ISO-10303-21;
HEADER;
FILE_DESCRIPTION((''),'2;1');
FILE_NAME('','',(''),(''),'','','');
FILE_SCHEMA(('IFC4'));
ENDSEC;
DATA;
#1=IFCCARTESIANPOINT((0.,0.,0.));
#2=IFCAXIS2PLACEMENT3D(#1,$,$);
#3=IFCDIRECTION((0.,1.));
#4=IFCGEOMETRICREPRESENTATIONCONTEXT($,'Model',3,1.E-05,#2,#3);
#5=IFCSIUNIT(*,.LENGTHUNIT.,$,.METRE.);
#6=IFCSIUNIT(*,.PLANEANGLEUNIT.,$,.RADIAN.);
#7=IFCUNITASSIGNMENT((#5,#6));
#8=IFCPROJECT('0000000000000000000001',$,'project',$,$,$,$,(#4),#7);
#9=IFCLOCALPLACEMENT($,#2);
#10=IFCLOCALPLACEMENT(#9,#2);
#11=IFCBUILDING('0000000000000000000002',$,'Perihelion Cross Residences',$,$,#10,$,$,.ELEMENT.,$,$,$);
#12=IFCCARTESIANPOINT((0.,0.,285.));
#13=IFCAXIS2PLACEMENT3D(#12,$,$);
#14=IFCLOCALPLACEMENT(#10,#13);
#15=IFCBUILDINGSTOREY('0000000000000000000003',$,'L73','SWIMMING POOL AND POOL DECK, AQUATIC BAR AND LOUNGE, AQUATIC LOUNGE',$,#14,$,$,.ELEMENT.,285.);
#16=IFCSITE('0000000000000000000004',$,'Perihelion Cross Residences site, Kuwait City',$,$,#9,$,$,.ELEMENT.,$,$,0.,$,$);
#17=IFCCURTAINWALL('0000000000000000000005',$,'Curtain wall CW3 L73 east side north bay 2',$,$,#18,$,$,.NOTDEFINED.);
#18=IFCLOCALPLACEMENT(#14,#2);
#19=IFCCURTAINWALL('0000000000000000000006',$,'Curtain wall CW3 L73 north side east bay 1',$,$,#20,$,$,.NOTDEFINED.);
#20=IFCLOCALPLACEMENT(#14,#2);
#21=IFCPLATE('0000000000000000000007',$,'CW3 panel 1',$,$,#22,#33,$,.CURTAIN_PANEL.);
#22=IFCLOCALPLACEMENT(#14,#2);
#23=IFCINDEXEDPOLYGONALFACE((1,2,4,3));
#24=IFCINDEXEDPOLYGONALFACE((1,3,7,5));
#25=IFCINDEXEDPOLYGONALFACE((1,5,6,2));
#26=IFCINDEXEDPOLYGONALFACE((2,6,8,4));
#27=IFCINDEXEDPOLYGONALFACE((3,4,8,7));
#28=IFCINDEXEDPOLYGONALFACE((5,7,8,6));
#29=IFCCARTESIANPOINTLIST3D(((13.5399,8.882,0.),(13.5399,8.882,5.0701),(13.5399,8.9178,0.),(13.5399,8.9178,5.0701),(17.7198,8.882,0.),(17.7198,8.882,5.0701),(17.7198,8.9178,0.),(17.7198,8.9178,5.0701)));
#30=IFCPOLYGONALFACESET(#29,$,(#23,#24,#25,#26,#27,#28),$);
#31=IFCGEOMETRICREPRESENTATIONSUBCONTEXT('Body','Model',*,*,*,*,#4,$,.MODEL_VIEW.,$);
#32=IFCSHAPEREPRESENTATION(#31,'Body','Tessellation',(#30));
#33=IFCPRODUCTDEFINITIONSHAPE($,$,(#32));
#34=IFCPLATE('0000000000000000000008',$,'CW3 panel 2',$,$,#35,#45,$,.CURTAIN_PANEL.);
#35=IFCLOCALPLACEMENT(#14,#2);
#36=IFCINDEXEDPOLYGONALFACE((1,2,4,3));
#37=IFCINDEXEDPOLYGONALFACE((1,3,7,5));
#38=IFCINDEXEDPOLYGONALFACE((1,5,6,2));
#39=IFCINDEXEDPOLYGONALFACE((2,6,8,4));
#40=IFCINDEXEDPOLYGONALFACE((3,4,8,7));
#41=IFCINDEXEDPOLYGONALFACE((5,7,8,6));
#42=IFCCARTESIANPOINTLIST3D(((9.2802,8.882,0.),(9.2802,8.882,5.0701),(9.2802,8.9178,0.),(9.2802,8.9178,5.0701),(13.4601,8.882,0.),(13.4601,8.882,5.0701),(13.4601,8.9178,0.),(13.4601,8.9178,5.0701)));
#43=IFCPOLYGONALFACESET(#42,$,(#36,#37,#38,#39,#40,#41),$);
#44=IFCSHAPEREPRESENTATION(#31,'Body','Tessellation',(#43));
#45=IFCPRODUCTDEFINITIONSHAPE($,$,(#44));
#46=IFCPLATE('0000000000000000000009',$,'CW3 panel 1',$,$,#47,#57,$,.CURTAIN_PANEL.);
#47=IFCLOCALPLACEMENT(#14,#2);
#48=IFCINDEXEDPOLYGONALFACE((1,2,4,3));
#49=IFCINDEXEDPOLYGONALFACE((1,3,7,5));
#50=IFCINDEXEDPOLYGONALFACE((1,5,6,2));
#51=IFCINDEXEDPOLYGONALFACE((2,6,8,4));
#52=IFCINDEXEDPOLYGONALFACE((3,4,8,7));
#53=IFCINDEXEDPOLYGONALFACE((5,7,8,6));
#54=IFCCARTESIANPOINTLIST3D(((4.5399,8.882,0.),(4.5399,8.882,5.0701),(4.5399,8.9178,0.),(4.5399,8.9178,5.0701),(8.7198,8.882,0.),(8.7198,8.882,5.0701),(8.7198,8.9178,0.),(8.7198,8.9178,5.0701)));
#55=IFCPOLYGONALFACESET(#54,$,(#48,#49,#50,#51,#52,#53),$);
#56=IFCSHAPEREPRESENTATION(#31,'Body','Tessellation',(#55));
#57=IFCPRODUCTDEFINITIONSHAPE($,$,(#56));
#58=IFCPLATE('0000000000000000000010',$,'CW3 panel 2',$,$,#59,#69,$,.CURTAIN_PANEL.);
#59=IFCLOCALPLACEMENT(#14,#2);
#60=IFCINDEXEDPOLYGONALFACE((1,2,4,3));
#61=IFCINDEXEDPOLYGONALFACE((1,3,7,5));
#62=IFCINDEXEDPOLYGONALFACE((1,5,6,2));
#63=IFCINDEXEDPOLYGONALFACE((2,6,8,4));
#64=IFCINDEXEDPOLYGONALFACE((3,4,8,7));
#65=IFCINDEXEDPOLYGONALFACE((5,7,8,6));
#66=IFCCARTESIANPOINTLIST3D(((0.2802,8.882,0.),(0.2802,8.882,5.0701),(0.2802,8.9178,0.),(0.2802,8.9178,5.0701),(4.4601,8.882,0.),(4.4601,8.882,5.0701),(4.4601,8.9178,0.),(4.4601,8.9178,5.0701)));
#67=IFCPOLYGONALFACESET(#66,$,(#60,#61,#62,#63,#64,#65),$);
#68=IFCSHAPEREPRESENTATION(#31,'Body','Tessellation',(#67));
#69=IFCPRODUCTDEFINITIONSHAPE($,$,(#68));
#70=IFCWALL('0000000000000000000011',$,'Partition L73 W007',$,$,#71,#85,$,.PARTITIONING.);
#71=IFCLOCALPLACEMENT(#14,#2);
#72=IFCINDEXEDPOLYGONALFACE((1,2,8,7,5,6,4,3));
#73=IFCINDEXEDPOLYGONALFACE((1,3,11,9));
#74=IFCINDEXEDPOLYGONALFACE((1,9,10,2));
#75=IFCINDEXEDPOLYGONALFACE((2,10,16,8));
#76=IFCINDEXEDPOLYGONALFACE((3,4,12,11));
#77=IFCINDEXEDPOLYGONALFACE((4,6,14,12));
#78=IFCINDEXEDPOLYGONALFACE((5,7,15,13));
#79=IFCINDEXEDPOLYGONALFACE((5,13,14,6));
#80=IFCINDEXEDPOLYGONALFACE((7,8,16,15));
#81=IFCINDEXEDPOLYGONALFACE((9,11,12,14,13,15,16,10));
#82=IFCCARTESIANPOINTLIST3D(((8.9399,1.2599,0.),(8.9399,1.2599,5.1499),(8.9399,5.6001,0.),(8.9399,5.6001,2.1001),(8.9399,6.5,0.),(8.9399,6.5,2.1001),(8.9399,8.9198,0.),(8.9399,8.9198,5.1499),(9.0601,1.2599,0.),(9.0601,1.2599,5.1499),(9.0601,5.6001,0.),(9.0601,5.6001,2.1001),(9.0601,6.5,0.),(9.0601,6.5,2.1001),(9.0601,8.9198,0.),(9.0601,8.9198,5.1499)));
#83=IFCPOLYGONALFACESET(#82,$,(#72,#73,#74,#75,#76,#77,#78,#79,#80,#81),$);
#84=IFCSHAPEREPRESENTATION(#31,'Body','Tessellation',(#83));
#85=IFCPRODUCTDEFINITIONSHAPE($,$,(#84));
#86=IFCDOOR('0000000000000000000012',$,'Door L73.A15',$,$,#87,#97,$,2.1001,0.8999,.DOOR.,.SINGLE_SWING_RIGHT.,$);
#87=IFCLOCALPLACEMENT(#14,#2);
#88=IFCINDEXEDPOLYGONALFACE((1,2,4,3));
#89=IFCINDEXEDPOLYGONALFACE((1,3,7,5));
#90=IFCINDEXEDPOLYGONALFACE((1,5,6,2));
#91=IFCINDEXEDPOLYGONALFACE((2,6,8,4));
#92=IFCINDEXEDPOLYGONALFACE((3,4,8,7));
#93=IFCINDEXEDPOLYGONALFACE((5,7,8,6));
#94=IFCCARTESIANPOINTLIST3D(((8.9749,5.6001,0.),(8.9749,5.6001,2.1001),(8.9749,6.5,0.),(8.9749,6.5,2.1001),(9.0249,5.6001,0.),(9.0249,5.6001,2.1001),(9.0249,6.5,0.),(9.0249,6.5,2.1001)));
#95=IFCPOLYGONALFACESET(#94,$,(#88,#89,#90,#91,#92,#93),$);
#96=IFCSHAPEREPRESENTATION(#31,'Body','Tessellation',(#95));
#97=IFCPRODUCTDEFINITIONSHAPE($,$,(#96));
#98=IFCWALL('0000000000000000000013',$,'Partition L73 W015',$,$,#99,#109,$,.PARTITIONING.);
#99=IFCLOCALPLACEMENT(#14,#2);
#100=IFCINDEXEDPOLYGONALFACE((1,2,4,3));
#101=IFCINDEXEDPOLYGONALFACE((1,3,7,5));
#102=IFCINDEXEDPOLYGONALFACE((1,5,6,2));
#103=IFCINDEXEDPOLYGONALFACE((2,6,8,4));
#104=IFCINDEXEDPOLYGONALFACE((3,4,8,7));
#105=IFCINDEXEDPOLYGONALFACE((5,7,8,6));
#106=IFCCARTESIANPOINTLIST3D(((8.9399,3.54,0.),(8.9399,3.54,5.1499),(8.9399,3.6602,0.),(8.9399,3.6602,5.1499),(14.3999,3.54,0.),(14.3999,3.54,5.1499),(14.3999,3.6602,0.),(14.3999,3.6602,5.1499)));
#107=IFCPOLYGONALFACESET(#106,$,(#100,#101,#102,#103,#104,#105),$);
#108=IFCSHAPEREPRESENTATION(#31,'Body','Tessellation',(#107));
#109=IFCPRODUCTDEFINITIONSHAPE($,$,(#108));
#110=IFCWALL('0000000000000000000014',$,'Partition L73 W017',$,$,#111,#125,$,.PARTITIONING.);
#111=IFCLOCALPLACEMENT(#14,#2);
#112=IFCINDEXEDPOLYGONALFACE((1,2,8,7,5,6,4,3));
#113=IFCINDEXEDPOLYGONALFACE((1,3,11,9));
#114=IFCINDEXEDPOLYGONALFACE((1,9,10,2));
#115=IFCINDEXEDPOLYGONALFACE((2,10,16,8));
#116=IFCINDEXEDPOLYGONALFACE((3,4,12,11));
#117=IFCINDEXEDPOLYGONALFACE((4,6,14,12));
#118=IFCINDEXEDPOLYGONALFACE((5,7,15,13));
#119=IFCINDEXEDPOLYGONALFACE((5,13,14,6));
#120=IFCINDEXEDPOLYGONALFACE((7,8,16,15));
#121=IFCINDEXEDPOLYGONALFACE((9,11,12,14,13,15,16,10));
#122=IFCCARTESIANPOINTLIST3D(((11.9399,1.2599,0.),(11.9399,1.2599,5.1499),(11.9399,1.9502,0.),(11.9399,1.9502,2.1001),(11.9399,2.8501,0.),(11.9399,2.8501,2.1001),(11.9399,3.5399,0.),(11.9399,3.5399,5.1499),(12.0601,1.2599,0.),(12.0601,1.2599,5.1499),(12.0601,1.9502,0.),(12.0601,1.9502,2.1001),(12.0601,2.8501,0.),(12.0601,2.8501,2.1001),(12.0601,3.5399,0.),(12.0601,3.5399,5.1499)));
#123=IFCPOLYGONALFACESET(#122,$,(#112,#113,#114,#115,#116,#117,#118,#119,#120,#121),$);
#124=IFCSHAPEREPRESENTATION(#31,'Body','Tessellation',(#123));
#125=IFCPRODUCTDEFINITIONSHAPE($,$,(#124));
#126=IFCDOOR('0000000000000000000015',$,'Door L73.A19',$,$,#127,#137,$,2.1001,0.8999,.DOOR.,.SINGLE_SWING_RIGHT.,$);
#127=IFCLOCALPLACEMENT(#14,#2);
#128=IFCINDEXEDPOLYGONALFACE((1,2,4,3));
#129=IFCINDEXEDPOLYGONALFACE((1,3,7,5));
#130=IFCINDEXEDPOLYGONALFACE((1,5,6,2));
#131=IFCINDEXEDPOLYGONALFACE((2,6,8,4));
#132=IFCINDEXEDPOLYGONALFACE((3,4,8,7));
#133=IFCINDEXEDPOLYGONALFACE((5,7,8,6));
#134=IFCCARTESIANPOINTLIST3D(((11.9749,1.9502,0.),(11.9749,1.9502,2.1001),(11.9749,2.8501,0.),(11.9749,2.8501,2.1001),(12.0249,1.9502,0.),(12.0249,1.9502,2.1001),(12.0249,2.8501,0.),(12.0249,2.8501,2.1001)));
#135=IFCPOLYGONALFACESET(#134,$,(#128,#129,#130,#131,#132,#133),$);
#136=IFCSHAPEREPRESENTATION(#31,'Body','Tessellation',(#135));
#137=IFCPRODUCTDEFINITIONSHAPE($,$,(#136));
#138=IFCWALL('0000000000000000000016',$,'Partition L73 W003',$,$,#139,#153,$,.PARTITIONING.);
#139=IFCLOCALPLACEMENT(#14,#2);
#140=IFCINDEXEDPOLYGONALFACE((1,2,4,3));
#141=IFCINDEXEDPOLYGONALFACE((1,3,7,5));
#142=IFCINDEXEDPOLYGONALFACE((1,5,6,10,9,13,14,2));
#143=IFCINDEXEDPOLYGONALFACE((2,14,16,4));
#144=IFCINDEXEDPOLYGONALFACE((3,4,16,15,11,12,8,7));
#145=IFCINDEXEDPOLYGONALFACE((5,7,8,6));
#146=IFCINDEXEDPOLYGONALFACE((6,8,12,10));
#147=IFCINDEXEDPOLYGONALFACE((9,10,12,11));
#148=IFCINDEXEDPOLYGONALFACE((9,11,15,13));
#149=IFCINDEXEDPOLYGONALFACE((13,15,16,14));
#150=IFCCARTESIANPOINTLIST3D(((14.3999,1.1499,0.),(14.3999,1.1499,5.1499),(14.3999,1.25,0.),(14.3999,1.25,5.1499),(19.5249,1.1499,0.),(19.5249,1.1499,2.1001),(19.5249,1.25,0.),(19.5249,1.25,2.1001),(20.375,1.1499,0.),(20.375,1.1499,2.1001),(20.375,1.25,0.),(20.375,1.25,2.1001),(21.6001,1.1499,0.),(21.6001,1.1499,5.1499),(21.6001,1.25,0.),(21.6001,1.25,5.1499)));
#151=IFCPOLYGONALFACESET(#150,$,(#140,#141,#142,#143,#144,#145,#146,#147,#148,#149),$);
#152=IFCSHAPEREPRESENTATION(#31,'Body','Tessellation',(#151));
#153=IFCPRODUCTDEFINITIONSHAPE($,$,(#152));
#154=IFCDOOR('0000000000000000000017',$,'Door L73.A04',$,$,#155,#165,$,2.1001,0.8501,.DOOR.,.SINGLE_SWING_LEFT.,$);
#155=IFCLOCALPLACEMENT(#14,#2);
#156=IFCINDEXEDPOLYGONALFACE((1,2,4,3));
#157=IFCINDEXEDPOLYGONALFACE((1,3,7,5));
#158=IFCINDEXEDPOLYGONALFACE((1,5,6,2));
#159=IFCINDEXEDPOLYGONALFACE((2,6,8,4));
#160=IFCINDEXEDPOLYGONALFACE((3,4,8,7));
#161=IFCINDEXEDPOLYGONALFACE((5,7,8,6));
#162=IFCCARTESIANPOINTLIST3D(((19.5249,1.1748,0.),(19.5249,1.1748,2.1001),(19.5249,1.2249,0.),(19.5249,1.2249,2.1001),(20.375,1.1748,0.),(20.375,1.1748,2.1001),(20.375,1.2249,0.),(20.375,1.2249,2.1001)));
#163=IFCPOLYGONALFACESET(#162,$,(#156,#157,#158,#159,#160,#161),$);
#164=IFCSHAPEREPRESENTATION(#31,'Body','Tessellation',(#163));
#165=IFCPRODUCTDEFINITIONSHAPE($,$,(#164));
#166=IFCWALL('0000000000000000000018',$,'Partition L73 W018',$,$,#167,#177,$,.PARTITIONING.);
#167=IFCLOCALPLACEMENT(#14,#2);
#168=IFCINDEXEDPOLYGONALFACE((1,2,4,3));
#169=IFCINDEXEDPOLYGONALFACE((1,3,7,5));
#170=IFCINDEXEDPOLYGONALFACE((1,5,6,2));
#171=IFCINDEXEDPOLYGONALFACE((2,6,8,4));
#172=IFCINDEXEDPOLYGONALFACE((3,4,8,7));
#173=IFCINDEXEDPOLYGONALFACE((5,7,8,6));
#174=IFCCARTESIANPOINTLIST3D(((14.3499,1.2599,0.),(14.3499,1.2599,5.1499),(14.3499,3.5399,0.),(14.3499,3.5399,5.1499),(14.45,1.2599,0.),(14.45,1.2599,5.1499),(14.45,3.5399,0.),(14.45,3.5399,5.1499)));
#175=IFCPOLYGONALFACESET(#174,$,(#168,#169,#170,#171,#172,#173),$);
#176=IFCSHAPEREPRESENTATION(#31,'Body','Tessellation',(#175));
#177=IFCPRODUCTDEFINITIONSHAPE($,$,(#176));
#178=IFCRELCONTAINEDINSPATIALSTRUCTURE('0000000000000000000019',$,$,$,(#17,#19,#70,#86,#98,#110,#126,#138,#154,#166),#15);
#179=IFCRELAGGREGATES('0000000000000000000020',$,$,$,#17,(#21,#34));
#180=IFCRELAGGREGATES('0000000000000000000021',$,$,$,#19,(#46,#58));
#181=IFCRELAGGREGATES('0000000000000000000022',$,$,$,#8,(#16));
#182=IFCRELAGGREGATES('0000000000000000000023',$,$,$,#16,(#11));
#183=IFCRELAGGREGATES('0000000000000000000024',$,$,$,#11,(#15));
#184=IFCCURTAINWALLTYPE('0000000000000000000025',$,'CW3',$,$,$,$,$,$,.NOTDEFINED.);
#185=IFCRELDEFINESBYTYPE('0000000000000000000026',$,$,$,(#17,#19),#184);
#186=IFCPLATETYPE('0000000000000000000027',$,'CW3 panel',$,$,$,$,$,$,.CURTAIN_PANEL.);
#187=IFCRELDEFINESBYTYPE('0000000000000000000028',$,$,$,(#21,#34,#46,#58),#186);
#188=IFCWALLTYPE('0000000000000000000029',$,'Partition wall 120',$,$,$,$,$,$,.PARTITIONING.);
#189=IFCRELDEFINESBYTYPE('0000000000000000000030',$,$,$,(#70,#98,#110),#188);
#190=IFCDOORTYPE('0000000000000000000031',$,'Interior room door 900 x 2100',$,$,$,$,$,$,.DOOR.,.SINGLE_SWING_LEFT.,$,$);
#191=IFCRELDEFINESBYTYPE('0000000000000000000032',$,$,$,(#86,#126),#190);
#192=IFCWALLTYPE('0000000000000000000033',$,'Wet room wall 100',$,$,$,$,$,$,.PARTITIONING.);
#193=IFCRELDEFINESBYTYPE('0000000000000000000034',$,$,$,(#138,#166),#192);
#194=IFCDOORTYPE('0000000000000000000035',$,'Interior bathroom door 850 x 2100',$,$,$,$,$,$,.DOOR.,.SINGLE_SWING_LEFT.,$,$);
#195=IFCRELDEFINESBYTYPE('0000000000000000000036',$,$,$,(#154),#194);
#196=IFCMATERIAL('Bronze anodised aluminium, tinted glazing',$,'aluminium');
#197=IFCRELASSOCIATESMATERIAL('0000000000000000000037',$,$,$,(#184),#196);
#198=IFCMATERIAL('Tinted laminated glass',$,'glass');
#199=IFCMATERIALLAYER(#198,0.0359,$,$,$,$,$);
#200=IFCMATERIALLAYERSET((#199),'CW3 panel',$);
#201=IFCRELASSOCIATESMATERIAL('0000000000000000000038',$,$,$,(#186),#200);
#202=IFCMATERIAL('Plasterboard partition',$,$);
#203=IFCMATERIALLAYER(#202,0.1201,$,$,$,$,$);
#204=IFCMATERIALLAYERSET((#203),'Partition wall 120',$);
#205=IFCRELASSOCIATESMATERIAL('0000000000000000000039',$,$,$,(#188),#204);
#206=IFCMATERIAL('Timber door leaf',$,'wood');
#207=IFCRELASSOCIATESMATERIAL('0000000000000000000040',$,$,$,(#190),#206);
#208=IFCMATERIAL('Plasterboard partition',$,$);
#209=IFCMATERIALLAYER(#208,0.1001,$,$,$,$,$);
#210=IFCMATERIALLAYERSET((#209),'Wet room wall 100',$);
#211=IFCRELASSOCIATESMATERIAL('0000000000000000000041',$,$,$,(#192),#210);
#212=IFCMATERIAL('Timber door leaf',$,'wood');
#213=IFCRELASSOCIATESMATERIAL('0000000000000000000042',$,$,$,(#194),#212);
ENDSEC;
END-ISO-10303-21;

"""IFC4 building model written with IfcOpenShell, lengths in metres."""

from ifc_helpers import new_model, si_unit, direction, frame, frame_2d, origin, origin_2d, place, context, subcontext, project, spatial, rectangle, extrude, material, layer, layer_set, type_object, element, fill, aggregate, save


model = new_model("IFC4")

# Units and contexts
model_context = context("Model", 3, precision=1e-05, world=origin(), true_north=direction((0.0, 1.0)))
body_context = subcontext(model_context, "Body", "Model", "MODEL_VIEW")
ifc_project = project(units=[si_unit("LENGTHUNIT", "METRE"), si_unit("PLANEANGLEUNIT", "RADIAN")], contexts=[model_context])

# Site, building, storey
site_placement = place(None, origin())
site = spatial("IfcSite", under=ifc_project, at=site_placement, Name="Perihelion Cross Residences site, Kuwait City", CompositionType="ELEMENT", RefElevation=0.0)
building_placement = place(site_placement, origin())
building = spatial("IfcBuilding", under=site, at=building_placement, Name="Perihelion Cross Residences", CompositionType="ELEMENT")
storey_placement = place(building_placement, frame((0.0, 0.0, 285.0)))
storey = spatial("IfcBuildingStorey", under=building, at=storey_placement, Name="L73", Description="SWIMMING POOL AND POOL DECK, AQUATIC BAR AND LOUNGE, AQUATIC LOUNGE", CompositionType="ELEMENT", Elevation=285.0)

# Curtain walls
ifc_material_1 = material(Name="Bronze anodised aluminium, tinted glazing", Category="aluminium")
curtain_wall_type = type_object("IfcCurtainWallType", Name="CW3", PredefinedType="NOTDEFINED", material=ifc_material_1)
curtain_wall_1_placement = place(storey_placement, origin())
curtain_wall_1 = element("IfcCurtainWall", 1, at=curtain_wall_1_placement, inside=storey, type_object=curtain_wall_type, Name="Curtain wall CW3 L73 east side north bay 2", PredefinedType="NOTDEFINED")
curtain_wall_2_placement = place(storey_placement, origin())
curtain_wall_2 = element("IfcCurtainWall", 2, at=curtain_wall_2_placement, inside=storey, type_object=curtain_wall_type, Name="Curtain wall CW3 L73 north side east bay 1", PredefinedType="NOTDEFINED")

# Plates
ifc_material_2 = material(Name="Tinted laminated glass", Category="glass")
ifc_layer_1 = layer(ifc_material_2, 0.0359)
ifc_layer_set_1 = layer_set([ifc_layer_1], Name="CW3 panel")
plate_type = type_object("IfcPlateType", Name="CW3 panel", PredefinedType="CURTAIN_PANEL", material=ifc_layer_set_1)
plate_1_placement = place(storey_placement, frame((15.6299, 8.8999, 0.0), z_axis=(0.0, 0.0, 1.0), x_axis=(-1.0, 0.0, 0.0)))
plate_1 = element("IfcPlate", 3, at=plate_1_placement, type_object=plate_type, Name="CW3 panel 1", PredefinedType="CURTAIN_PANEL", context=body_context, shape_type="SweptSolid", body=[
    extrude(rectangle(XDim=4.1799, YDim=0.0359, at=origin_2d()), origin(), (0.0, 0.0, 1.0), 5.0701),
])
plate_2_placement = place(storey_placement, frame((11.3701, 8.8999, 0.0), z_axis=(0.0, 0.0, 1.0), x_axis=(-1.0, 0.0, 0.0)))
plate_2 = element("IfcPlate", 4, at=plate_2_placement, type_object=plate_type, Name="CW3 panel 2", PredefinedType="CURTAIN_PANEL", context=body_context, shape_type="SweptSolid", body=[
    extrude(rectangle(XDim=4.1799, YDim=0.0359, at=origin_2d()), origin(), (0.0, 0.0, 1.0), 5.0701),
])
aggregate(curtain_wall_1, [plate_1, plate_2])
plate_3_placement = place(storey_placement, frame((6.6299, 8.8999, 0.0), z_axis=(0.0, 0.0, 1.0), x_axis=(-1.0, 0.0, 0.0)))
plate_3 = element("IfcPlate", 5, at=plate_3_placement, type_object=plate_type, Name="CW3 panel 1", PredefinedType="CURTAIN_PANEL", context=body_context, shape_type="SweptSolid", body=[
    extrude(rectangle(XDim=4.1799, YDim=0.0359, at=origin_2d()), origin(), (0.0, 0.0, 1.0), 5.0701),
])
plate_4_placement = place(storey_placement, frame((2.3701, 8.8999, 0.0), z_axis=(0.0, 0.0, 1.0), x_axis=(-1.0, 0.0, 0.0)))
plate_4 = element("IfcPlate", 6, at=plate_4_placement, type_object=plate_type, Name="CW3 panel 2", PredefinedType="CURTAIN_PANEL", context=body_context, shape_type="SweptSolid", body=[
    extrude(rectangle(XDim=4.1799, YDim=0.0359, at=origin_2d()), origin(), (0.0, 0.0, 1.0), 5.0701),
])
aggregate(curtain_wall_2, [plate_3, plate_4])

# Wall, opening, door
ifc_material_3 = material(Name="Plasterboard partition")
ifc_layer_2 = layer(ifc_material_3, 0.1201)
ifc_layer_set_2 = layer_set([ifc_layer_2], Name="Partition wall 120")
wall_type_1 = type_object("IfcWallType", Name="Partition wall 120", PredefinedType="PARTITIONING", material=ifc_layer_set_2)
wall_1_placement = place(storey_placement, frame((9.0, 8.9199, 0.0), z_axis=(0.0, 0.0, 1.0), x_axis=(0.0, -1.0, 0.0)))
wall_1 = element("IfcWall", 7, at=wall_1_placement, inside=storey, type_object=wall_type_1, Name="Partition L73 W007", PredefinedType="PARTITIONING", context=body_context, shape_type="SweptSolid", body=[
    extrude(rectangle(XDim=7.6599, YDim=0.1201, at=frame_2d((3.8301, 0.0))), origin(), (0.0, 0.0, 1.0), 5.1499),
])
opening_1_placement = place(wall_1_placement, frame((2.4199, 0.0, 0.0)))
opening_1 = element("IfcOpeningElement", 8, at=opening_1_placement, cuts=wall_1, PredefinedType="OPENING", context=body_context, shape_type="SweptSolid", body=[
    extrude(rectangle(XDim=0.8999, YDim=2.1001, at=frame_2d((0.45, 1.05))), frame((0.0, 0.0701, 0.0), z_axis=(0.0, -1.0, 0.0), x_axis=(1.0, 0.0, 0.0)), (0.0, 0.0, 1.0), 0.1401),
])
ifc_material_4 = material(Name="Timber door leaf", Category="wood")
door_type_1 = type_object("IfcDoorType", Name="Interior room door 900 x 2100", OperationType="SINGLE_SWING_LEFT", PredefinedType="DOOR", material=ifc_material_4)
door_1_placement = place(opening_1_placement, origin())
door_1 = element("IfcDoor", 9, at=door_1_placement, inside=storey, type_object=door_type_1, Name="Door L73.A15", OperationType="SINGLE_SWING_RIGHT", OverallHeight=2.1001, OverallWidth=0.8999, PredefinedType="DOOR", context=body_context, shape_type="SweptSolid", body=[
    extrude(rectangle(XDim=0.8999, YDim=2.1001, at=frame_2d((0.45, 1.05))), frame((0.0, 0.0249, 0.0), z_axis=(0.0, -1.0, 0.0), x_axis=(1.0, 0.0, 0.0)), (0.0, 0.0, 1.0), 0.05),
])
fill(opening_1, door_1)

# Wall
wall_2_placement = place(storey_placement, frame((14.3999, 3.6001, 0.0), z_axis=(0.0, 0.0, 1.0), x_axis=(-1.0, 0.0, 0.0)))
element("IfcWall", 10, at=wall_2_placement, inside=storey, type_object=wall_type_1, Name="Partition L73 W015", PredefinedType="PARTITIONING", context=body_context, shape_type="SweptSolid", body=[
    extrude(rectangle(XDim=5.46, YDim=0.1201, at=frame_2d((2.73, 0.0))), origin(), (0.0, 0.0, 1.0), 5.1499),
])

# Walls, openings, doors
wall_3_placement = place(storey_placement, frame((12.0, 3.54, 0.0), z_axis=(0.0, 0.0, 1.0), x_axis=(0.0, -1.0, 0.0)))
wall_3 = element("IfcWall", 11, at=wall_3_placement, inside=storey, type_object=wall_type_1, Name="Partition L73 W017", PredefinedType="PARTITIONING", context=body_context, shape_type="SweptSolid", body=[
    extrude(rectangle(XDim=2.28, YDim=0.1201, at=frame_2d((1.1401, 0.0))), origin(), (0.0, 0.0, 1.0), 5.1499),
])
opening_2_placement = place(wall_3_placement, frame((0.6899, 0.0, 0.0)))
opening_2 = element("IfcOpeningElement", 12, at=opening_2_placement, cuts=wall_3, PredefinedType="OPENING", context=body_context, shape_type="SweptSolid", body=[
    extrude(rectangle(XDim=0.8999, YDim=2.1001, at=frame_2d((0.45, 1.05))), frame((0.0, 0.0701, 0.0), z_axis=(0.0, -1.0, 0.0), x_axis=(1.0, 0.0, 0.0)), (0.0, 0.0, 1.0), 0.1401),
])
door_2_placement = place(opening_2_placement, origin())
door_2 = element("IfcDoor", 13, at=door_2_placement, inside=storey, type_object=door_type_1, Name="Door L73.A19", OperationType="SINGLE_SWING_RIGHT", OverallHeight=2.1001, OverallWidth=0.8999, PredefinedType="DOOR", context=body_context, shape_type="SweptSolid", body=[
    extrude(rectangle(XDim=0.8999, YDim=2.1001, at=frame_2d((0.45, 1.05))), frame((0.0, 0.0249, 0.0), z_axis=(0.0, -1.0, 0.0), x_axis=(1.0, 0.0, 0.0)), (0.0, 0.0, 1.0), 0.05),
])
fill(opening_2, door_2)
ifc_material_5 = material(Name="Plasterboard partition")
ifc_layer_3 = layer(ifc_material_5, 0.1001)
ifc_layer_set_3 = layer_set([ifc_layer_3], Name="Wet room wall 100")
wall_type_2 = type_object("IfcWallType", Name="Wet room wall 100", PredefinedType="PARTITIONING", material=ifc_layer_set_3)
wall_4_placement = place(storey_placement, frame((14.3999, 1.2, 0.0), z_axis=(0.0, 0.0, 1.0), x_axis=(1.0, 0.0, 0.0)))
wall_4 = element("IfcWall", 14, at=wall_4_placement, inside=storey, type_object=wall_type_2, Name="Partition L73 W003", PredefinedType="PARTITIONING", context=body_context, shape_type="SweptSolid", body=[
    extrude(rectangle(XDim=7.2002, YDim=0.1001, at=frame_2d((3.6001, 0.0))), origin(), (0.0, 0.0, 1.0), 5.1499),
])
opening_3_placement = place(wall_4_placement, frame((5.125, 0.0, 0.0)))
opening_3 = element("IfcOpeningElement", 15, at=opening_3_placement, cuts=wall_4, PredefinedType="OPENING", context=body_context, shape_type="SweptSolid", body=[
    extrude(rectangle(XDim=0.8501, YDim=2.1001, at=frame_2d((0.425, 1.05))), frame((0.0, 0.0601, 0.0), z_axis=(0.0, -1.0, 0.0), x_axis=(1.0, 0.0, 0.0)), (0.0, 0.0, 1.0), 0.1201),
])
ifc_material_6 = material(Name="Timber door leaf", Category="wood")
door_type_2 = type_object("IfcDoorType", Name="Interior bathroom door 850 x 2100", OperationType="SINGLE_SWING_LEFT", PredefinedType="DOOR", material=ifc_material_6)
door_3_placement = place(opening_3_placement, origin())
door_3 = element("IfcDoor", 16, at=door_3_placement, inside=storey, type_object=door_type_2, Name="Door L73.A04", OperationType="SINGLE_SWING_LEFT", OverallHeight=2.1001, OverallWidth=0.8501, PredefinedType="DOOR", context=body_context, shape_type="SweptSolid", body=[
    extrude(rectangle(XDim=0.8501, YDim=2.1001, at=frame_2d((0.425, 1.05))), frame((0.0, 0.0249, 0.0), z_axis=(0.0, -1.0, 0.0), x_axis=(1.0, 0.0, 0.0)), (0.0, 0.0, 1.0), 0.05),
])
fill(opening_3, door_3)

# Wall
wall_5_placement = place(storey_placement, frame((14.3999, 3.54, 0.0), z_axis=(0.0, 0.0, 1.0), x_axis=(0.0, -1.0, 0.0)))
element("IfcWall", 17, at=wall_5_placement, inside=storey, type_object=wall_type_2, Name="Partition L73 W018", PredefinedType="PARTITIONING", context=body_context, shape_type="SweptSolid", body=[
    extrude(rectangle(XDim=2.28, YDim=0.1001, at=frame_2d((1.1401, 0.0))), origin(), (0.0, 0.0, 1.0), 5.1499),
])

save(model, "model.ifc")
